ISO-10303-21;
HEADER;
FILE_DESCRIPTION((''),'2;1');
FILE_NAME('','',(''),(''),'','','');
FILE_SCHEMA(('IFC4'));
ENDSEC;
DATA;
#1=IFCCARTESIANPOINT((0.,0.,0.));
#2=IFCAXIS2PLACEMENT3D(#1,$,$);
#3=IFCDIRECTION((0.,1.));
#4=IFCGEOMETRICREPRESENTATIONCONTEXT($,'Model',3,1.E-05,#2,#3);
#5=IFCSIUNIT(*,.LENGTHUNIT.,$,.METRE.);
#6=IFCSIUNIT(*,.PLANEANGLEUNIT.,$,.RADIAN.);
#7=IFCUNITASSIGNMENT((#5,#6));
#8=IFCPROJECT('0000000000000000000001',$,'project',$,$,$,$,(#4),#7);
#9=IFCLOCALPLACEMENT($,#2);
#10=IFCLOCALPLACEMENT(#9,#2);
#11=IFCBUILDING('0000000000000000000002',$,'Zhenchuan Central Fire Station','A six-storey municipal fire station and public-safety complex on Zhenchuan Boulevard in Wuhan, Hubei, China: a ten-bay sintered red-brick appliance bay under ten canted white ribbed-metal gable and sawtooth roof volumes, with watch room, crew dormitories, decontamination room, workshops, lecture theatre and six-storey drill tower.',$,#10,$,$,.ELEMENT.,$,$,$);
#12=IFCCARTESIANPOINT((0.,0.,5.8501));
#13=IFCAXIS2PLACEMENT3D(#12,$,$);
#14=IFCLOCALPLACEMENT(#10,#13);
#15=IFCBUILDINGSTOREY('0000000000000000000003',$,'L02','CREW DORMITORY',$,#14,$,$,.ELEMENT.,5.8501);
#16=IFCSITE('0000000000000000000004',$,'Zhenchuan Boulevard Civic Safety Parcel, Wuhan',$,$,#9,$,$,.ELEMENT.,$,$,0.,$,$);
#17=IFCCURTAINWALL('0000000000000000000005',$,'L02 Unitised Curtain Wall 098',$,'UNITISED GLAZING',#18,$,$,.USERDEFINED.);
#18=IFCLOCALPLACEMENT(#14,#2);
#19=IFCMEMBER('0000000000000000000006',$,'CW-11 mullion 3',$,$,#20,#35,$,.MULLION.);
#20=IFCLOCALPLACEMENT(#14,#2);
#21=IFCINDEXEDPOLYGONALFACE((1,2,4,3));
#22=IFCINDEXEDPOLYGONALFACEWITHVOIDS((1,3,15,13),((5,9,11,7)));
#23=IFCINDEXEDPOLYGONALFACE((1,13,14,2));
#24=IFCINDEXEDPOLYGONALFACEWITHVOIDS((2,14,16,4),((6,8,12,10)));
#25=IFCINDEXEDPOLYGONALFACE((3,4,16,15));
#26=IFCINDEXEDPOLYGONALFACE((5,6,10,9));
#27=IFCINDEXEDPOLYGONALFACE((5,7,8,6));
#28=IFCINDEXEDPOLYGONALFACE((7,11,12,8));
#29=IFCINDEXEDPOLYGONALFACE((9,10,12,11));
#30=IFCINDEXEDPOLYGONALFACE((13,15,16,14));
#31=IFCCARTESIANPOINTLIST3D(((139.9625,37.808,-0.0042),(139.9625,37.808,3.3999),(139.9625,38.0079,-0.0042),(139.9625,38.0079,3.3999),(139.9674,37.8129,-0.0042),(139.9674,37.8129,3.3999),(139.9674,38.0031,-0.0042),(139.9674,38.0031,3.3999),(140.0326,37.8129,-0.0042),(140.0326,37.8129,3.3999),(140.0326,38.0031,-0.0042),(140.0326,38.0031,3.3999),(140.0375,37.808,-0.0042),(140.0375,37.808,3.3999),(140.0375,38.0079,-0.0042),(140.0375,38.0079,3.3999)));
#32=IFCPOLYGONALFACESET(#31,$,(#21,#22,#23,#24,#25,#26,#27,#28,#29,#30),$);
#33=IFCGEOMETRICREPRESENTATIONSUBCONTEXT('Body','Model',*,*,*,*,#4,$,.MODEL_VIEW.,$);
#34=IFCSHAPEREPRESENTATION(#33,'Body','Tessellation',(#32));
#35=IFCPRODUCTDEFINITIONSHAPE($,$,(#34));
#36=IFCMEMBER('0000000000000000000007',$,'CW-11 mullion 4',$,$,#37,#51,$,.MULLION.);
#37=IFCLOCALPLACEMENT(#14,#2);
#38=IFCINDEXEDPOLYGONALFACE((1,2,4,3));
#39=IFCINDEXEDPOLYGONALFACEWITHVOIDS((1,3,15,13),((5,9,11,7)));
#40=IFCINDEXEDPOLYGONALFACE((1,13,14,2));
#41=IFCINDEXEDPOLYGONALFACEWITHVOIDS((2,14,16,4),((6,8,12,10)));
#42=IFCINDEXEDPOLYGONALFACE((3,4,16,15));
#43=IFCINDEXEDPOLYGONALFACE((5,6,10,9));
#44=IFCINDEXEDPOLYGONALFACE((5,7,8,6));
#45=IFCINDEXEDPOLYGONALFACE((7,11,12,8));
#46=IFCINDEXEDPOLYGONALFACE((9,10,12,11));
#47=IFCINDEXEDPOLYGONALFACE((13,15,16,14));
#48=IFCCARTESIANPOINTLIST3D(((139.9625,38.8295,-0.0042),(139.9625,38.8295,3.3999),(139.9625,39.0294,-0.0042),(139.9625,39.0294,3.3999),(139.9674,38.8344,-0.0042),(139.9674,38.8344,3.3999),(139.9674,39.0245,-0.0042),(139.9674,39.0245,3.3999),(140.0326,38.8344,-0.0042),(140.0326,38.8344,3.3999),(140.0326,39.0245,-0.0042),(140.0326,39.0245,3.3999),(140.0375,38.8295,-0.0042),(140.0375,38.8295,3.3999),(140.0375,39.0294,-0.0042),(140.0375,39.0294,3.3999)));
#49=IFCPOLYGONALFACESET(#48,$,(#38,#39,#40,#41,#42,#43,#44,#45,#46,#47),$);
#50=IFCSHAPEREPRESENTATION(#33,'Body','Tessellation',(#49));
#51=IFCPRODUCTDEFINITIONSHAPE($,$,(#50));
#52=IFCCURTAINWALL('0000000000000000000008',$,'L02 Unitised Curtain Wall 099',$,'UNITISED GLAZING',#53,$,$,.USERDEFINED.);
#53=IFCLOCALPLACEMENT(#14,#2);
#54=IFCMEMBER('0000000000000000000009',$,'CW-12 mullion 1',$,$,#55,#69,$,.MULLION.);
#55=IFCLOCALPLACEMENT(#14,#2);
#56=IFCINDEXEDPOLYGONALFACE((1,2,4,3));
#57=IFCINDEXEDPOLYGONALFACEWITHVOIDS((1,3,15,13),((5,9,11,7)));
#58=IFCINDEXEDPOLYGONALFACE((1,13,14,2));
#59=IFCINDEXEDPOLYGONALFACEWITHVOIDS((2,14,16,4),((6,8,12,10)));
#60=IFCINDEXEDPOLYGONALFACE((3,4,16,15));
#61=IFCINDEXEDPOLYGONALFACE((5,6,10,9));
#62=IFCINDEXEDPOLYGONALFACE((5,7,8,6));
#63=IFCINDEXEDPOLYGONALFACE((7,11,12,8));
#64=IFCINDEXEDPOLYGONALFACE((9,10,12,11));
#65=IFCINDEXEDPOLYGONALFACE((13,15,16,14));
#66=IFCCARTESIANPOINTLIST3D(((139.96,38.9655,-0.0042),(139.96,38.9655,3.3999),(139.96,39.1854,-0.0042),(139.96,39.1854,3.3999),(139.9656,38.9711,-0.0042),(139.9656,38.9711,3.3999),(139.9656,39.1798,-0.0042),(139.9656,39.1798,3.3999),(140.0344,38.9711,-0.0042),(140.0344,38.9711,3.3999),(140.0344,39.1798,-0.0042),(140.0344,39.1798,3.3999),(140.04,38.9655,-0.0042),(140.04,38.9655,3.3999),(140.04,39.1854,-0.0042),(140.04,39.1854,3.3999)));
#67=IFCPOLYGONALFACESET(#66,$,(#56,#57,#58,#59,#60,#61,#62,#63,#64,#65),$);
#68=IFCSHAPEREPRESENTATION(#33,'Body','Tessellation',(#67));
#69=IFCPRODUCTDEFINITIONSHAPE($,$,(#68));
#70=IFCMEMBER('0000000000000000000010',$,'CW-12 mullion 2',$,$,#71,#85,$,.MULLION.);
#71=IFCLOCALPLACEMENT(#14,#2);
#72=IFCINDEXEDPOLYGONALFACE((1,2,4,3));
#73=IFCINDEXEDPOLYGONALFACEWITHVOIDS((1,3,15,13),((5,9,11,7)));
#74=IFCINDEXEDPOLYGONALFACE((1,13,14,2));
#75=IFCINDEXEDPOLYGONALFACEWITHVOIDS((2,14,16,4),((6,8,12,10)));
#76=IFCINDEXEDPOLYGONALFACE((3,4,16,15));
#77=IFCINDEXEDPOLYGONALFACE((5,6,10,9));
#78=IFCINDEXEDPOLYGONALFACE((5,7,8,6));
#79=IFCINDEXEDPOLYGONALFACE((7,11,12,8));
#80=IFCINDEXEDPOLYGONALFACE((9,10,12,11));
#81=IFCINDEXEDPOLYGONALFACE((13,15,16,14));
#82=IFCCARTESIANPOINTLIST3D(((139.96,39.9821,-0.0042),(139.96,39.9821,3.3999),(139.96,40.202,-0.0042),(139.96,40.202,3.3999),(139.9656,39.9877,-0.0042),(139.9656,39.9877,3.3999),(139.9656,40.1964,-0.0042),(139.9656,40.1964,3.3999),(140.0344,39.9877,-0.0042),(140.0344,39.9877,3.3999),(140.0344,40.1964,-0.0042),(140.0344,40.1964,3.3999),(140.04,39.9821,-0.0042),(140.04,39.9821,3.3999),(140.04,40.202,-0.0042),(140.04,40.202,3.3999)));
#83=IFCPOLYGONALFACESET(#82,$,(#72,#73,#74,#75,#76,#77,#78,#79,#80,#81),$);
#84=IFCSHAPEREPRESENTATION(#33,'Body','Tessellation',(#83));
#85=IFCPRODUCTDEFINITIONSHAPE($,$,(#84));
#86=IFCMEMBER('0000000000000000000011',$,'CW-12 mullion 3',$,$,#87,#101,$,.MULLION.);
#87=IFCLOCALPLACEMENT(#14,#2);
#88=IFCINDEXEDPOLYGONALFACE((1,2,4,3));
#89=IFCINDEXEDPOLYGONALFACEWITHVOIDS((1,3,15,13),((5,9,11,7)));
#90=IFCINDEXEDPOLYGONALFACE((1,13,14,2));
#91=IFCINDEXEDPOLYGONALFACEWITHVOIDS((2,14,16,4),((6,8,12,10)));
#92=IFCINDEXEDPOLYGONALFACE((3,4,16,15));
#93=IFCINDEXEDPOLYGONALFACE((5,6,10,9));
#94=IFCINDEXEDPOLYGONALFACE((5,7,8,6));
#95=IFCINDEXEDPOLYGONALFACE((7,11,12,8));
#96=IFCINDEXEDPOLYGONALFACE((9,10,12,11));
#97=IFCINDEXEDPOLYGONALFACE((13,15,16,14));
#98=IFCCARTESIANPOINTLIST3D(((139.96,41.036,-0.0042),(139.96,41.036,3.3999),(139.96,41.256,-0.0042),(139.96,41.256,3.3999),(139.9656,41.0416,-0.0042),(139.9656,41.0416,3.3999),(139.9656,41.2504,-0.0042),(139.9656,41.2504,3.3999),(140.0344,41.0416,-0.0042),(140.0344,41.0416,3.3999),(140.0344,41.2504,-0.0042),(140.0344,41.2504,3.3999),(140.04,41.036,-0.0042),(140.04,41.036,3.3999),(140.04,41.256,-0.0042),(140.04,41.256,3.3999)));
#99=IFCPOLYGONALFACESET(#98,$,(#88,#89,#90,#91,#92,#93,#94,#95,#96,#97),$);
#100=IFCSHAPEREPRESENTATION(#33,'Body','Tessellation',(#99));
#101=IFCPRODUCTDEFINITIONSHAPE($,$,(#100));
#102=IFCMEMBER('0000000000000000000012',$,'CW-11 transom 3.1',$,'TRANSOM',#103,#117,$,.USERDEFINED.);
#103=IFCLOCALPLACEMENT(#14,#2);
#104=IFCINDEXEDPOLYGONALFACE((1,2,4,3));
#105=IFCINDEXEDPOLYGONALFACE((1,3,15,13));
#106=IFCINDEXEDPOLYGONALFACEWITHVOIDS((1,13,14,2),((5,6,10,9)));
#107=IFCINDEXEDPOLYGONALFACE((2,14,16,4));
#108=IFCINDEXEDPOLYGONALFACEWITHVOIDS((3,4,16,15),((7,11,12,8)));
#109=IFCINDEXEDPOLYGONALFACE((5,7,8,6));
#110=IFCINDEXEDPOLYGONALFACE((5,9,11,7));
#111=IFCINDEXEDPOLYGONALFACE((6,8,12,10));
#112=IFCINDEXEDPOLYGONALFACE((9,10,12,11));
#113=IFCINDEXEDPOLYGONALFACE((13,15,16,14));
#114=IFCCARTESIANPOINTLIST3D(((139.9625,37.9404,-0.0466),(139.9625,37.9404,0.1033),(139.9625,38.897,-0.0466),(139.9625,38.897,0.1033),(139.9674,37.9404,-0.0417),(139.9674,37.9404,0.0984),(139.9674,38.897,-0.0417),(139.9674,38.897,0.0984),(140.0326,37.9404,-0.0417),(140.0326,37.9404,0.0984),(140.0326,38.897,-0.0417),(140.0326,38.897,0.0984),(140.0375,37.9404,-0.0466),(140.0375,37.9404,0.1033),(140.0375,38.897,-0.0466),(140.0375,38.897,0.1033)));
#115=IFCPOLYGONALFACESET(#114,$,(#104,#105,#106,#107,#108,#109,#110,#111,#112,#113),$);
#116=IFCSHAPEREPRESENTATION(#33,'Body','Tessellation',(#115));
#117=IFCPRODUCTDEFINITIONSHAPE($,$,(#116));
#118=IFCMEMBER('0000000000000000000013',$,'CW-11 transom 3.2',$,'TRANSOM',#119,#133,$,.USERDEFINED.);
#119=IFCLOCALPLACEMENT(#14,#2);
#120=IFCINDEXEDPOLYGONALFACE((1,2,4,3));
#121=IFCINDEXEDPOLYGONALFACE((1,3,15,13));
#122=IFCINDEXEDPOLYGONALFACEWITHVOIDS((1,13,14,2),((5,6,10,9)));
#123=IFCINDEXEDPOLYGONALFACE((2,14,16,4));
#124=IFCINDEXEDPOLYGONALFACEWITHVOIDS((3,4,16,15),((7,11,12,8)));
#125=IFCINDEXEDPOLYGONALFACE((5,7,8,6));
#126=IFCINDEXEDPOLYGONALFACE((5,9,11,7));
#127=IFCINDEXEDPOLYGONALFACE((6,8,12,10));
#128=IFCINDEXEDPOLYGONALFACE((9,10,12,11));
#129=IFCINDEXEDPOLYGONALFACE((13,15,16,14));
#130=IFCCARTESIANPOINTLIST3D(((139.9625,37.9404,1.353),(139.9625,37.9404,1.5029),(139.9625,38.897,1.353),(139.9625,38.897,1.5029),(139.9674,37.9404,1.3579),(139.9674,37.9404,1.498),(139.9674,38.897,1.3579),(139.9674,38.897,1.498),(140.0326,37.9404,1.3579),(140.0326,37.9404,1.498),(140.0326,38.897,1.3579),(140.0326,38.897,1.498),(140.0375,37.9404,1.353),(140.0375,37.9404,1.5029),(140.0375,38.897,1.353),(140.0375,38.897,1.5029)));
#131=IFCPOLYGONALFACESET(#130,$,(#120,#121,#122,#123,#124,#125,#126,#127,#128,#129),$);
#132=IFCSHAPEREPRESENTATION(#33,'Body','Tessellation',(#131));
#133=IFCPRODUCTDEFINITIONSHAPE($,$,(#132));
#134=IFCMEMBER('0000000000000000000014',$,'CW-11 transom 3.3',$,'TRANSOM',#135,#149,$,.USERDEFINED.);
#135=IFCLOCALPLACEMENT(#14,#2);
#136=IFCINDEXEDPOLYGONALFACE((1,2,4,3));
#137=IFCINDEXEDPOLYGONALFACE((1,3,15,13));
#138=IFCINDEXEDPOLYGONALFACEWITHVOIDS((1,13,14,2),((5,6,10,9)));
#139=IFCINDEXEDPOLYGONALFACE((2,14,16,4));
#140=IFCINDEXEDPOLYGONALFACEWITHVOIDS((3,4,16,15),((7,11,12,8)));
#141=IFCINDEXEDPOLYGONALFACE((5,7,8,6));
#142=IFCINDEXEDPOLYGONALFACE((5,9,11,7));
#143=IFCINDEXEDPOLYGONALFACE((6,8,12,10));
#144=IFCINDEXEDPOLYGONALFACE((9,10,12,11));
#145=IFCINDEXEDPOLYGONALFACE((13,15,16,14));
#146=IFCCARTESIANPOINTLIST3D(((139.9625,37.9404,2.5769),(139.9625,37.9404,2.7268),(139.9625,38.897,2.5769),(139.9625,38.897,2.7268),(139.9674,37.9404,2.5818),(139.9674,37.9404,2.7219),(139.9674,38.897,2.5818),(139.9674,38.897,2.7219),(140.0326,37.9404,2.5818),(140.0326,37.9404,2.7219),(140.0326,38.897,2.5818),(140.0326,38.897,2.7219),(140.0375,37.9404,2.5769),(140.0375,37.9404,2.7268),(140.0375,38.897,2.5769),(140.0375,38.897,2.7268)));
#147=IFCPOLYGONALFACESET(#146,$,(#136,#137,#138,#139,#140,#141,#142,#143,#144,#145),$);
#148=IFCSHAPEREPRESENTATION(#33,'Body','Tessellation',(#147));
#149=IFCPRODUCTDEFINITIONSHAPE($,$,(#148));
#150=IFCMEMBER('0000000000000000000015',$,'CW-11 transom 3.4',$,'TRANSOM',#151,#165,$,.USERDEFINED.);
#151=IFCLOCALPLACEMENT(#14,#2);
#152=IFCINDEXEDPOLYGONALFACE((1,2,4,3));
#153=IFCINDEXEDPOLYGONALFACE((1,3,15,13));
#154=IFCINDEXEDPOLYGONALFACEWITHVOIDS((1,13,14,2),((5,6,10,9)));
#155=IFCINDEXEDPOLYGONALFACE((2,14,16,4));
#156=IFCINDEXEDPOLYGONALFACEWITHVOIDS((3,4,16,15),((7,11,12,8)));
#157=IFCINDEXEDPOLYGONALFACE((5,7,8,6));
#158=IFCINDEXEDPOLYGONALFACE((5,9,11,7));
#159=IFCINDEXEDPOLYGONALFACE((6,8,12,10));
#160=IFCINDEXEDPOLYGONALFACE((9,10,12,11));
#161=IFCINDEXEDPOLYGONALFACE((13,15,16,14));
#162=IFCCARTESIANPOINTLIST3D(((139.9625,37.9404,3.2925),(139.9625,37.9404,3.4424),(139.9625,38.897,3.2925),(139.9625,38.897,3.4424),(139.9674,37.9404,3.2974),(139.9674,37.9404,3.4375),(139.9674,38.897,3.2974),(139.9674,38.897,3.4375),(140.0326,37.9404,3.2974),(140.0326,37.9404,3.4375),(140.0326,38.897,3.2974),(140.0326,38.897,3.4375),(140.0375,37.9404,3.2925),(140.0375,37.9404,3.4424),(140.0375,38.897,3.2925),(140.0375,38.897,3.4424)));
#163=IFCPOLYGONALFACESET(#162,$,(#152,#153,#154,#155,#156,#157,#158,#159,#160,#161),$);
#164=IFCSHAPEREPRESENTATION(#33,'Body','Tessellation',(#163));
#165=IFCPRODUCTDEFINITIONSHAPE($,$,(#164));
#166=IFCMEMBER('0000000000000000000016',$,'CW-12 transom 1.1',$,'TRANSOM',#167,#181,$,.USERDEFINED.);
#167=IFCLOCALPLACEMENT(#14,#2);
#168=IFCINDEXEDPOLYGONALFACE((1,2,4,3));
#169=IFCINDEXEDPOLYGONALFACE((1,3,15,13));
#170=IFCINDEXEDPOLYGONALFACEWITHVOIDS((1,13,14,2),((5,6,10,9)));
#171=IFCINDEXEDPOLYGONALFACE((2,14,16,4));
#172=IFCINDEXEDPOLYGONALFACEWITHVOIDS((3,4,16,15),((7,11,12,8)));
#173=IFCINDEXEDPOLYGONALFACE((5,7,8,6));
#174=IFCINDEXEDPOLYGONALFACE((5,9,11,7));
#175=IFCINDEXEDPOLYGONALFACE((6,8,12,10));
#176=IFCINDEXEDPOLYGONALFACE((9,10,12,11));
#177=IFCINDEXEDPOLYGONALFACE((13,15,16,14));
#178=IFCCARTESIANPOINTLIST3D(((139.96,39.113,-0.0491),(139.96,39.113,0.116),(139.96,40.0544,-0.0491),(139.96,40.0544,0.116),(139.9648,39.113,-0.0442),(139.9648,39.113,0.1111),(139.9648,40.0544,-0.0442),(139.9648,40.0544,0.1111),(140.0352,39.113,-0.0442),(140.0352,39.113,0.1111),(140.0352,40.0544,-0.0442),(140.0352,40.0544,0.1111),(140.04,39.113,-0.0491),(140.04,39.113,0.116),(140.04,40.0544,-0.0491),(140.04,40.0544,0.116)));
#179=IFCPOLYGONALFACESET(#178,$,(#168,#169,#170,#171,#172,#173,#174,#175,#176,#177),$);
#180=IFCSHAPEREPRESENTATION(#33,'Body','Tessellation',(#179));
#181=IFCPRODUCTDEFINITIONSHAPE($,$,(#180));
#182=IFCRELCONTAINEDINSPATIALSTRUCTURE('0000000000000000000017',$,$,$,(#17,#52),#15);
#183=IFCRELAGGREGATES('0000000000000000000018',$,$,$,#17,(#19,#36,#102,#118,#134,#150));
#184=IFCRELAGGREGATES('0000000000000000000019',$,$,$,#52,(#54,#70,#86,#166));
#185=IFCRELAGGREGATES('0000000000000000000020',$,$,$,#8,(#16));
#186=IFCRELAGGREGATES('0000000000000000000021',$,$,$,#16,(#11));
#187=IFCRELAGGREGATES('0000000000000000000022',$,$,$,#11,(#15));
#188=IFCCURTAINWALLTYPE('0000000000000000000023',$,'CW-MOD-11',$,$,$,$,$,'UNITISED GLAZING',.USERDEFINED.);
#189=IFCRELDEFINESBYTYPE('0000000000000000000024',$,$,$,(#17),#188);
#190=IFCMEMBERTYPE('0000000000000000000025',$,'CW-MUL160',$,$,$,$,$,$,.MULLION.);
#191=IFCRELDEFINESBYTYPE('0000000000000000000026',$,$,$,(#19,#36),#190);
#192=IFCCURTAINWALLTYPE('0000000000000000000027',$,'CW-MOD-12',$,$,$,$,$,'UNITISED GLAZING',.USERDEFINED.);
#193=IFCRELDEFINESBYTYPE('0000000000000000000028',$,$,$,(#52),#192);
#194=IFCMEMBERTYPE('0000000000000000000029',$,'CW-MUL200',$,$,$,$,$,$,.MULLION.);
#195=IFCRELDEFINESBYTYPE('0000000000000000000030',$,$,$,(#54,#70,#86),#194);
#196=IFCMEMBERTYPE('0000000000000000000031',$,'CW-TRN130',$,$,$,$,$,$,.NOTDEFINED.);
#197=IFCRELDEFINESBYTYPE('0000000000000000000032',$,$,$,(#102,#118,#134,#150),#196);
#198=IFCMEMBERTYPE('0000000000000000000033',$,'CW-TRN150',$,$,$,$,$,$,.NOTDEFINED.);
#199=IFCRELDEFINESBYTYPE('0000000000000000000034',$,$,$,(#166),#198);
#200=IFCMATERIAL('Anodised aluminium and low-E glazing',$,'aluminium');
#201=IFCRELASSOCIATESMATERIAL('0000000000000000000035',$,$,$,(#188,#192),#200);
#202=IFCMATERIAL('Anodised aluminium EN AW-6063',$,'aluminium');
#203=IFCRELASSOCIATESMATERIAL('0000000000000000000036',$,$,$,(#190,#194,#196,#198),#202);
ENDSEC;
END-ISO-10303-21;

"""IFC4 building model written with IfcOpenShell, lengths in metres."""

from ifc_helpers import new_model, si_unit, direction, frame, origin, origin_2d, place, context, subcontext, project, spatial, hollow_rectangle, extrude, material, material_profile, profile_set, type_object, element, aggregate, save


model = new_model("IFC4")

# Units and contexts
model_context = context("Model", 3, precision=1e-05, world=origin(), true_north=direction((0.0, 1.0)))
body_context = subcontext(model_context, "Body", "Model", "MODEL_VIEW")
ifc_project = project(units=[si_unit("LENGTHUNIT", "METRE"), si_unit("PLANEANGLEUNIT", "RADIAN")], contexts=[model_context])

# Site, building, storey
site_placement = place(None, origin())
site = spatial("IfcSite", under=ifc_project, at=site_placement, Name="Zhenchuan Boulevard Civic Safety Parcel, Wuhan", CompositionType="ELEMENT", RefElevation=0.0)
building_placement = place(site_placement, origin())
building = spatial("IfcBuilding", under=site, at=building_placement, Name="Zhenchuan Central Fire Station", Description="A six-storey municipal fire station and public-safety complex on Zhenchuan Boulevard in Wuhan, Hubei, China: a ten-bay sintered red-brick appliance bay under ten canted white ribbed-metal gable and sawtooth roof volumes, with watch room, crew dormitories, decontamination room, workshops, lecture theatre and six-storey drill tower.", CompositionType="ELEMENT")
storey_placement = place(building_placement, frame((0.0, 0.0, 5.8501)))
storey = spatial("IfcBuildingStorey", under=building, at=storey_placement, Name="L02", Description="CREW DORMITORY", CompositionType="ELEMENT", Elevation=5.8501)

# Curtain walls, members
ifc_material_1 = material(Name="Anodised aluminium and low-E glazing", Category="aluminium")
curtain_wall_type_1 = type_object("IfcCurtainWallType", Name="CW-MOD-11", ElementType="UNITISED GLAZING", PredefinedType="USERDEFINED", material=ifc_material_1)
curtain_wall_1_placement = place(storey_placement, origin())
curtain_wall_1 = element("IfcCurtainWall", 1, at=curtain_wall_1_placement, inside=storey, type_object=curtain_wall_type_1, Name="L02 Unitised Curtain Wall 098", ObjectType="UNITISED GLAZING", PredefinedType="USERDEFINED")
ifc_material_2 = material(Name="Anodised aluminium EN AW-6063", Category="aluminium")
ifc_material_profile_1 = material_profile(ifc_material_2, hollow_rectangle(XDim=0.075, YDim=0.2, WallThickness=0.0049, at=origin_2d()), Name="ALU-M 200x75")
ifc_profile_set_1 = profile_set([ifc_material_profile_1], Name="Anodised aluminium EN AW-6063")
member_type_1 = type_object("IfcMemberType", Name="CW-MUL160", PredefinedType="MULLION", material=ifc_profile_set_1)
member_1_placement = place(storey_placement, frame((140.0, 37.908, -0.0042), z_axis=(0.0, 0.0, 1.0), x_axis=(-1.0, 0.0, 0.0)))
member_1 = element("IfcMember", 2, at=member_1_placement, type_object=member_type_1, Name="CW-11 mullion 3", PredefinedType="MULLION", context=body_context, shape_type="SweptSolid", body=[
    extrude(hollow_rectangle(XDim=0.075, YDim=0.2, WallThickness=0.0049, at=origin_2d()), origin(), (0.0, 0.0, 1.0), 3.4041),
])
member_2_placement = place(storey_placement, frame((140.0, 38.9294, -0.0042), z_axis=(0.0, 0.0, 1.0), x_axis=(-1.0, 0.0, 0.0)))
member_2 = element("IfcMember", 3, at=member_2_placement, type_object=member_type_1, Name="CW-11 mullion 4", PredefinedType="MULLION", context=body_context, shape_type="SweptSolid", body=[
    extrude(hollow_rectangle(XDim=0.075, YDim=0.2, WallThickness=0.0049, at=origin_2d()), origin(), (0.0, 0.0, 1.0), 3.4041),
])
curtain_wall_type_2 = type_object("IfcCurtainWallType", Name="CW-MOD-12", ElementType="UNITISED GLAZING", PredefinedType="USERDEFINED", material=ifc_material_1)
curtain_wall_2_placement = place(storey_placement, origin())
curtain_wall_2 = element("IfcCurtainWall", 4, at=curtain_wall_2_placement, inside=storey, type_object=curtain_wall_type_2, Name="L02 Unitised Curtain Wall 099", ObjectType="UNITISED GLAZING", PredefinedType="USERDEFINED")
ifc_material_profile_2 = material_profile(ifc_material_2, hollow_rectangle(XDim=0.0801, YDim=0.22, WallThickness=0.0056, at=origin_2d()), Name="ALU-M 220x80")
ifc_profile_set_2 = profile_set([ifc_material_profile_2], Name="Anodised aluminium EN AW-6063")
member_type_2 = type_object("IfcMemberType", Name="CW-MUL200", PredefinedType="MULLION", material=ifc_profile_set_2)
member_3_placement = place(storey_placement, frame((140.0, 39.0754, -0.0042), z_axis=(0.0, 0.0, 1.0), x_axis=(-1.0, 0.0, 0.0)))
member_3 = element("IfcMember", 5, at=member_3_placement, type_object=member_type_2, Name="CW-12 mullion 1", PredefinedType="MULLION", context=body_context, shape_type="SweptSolid", body=[
    extrude(hollow_rectangle(XDim=0.0801, YDim=0.22, WallThickness=0.0056, at=origin_2d()), origin(), (0.0, 0.0, 1.0), 3.4041),
])
member_4_placement = place(storey_placement, frame((140.0, 40.092, -0.0042), z_axis=(0.0, 0.0, 1.0), x_axis=(-1.0, 0.0, 0.0)))
member_4 = element("IfcMember", 6, at=member_4_placement, type_object=member_type_2, Name="CW-12 mullion 2", PredefinedType="MULLION", context=body_context, shape_type="SweptSolid", body=[
    extrude(hollow_rectangle(XDim=0.0801, YDim=0.22, WallThickness=0.0056, at=origin_2d()), origin(), (0.0, 0.0, 1.0), 3.4041),
])
member_5_placement = place(storey_placement, frame((140.0, 41.146, -0.0042), z_axis=(0.0, 0.0, 1.0), x_axis=(-1.0, 0.0, 0.0)))
member_5 = element("IfcMember", 7, at=member_5_placement, type_object=member_type_2, Name="CW-12 mullion 3", PredefinedType="MULLION", context=body_context, shape_type="SweptSolid", body=[
    extrude(hollow_rectangle(XDim=0.0801, YDim=0.22, WallThickness=0.0056, at=origin_2d()), origin(), (0.0, 0.0, 1.0), 3.4041),
])

# Members
ifc_material_profile_3 = material_profile(ifc_material_2, hollow_rectangle(XDim=0.075, YDim=0.1499, WallThickness=0.0049, at=origin_2d()), Name="ALU-T 150x75")
ifc_profile_set_3 = profile_set([ifc_material_profile_3], Name="Anodised aluminium EN AW-6063")
member_type_3 = type_object("IfcMemberType", Name="CW-TRN130", PredefinedType="NOTDEFINED", material=ifc_profile_set_3)
member_6_placement = place(storey_placement, frame((140.0, 37.9404, 0.0283), z_axis=(0.0, 1.0, 0.0), x_axis=(-1.0, 0.0, 0.0)))
member_6 = element("IfcMember", 8, at=member_6_placement, type_object=member_type_3, Name="CW-11 transom 3.1", ObjectType="TRANSOM", PredefinedType="USERDEFINED", context=body_context, shape_type="SweptSolid", body=[
    extrude(hollow_rectangle(XDim=0.075, YDim=0.1499, WallThickness=0.0049, at=origin_2d()), origin(), (0.0, 0.0, 1.0), 0.9565),
])
member_7_placement = place(storey_placement, frame((140.0, 37.9404, 1.428), z_axis=(0.0, 1.0, 0.0), x_axis=(-1.0, 0.0, 0.0)))
member_7 = element("IfcMember", 9, at=member_7_placement, type_object=member_type_3, Name="CW-11 transom 3.2", ObjectType="TRANSOM", PredefinedType="USERDEFINED", context=body_context, shape_type="SweptSolid", body=[
    extrude(hollow_rectangle(XDim=0.075, YDim=0.1499, WallThickness=0.0049, at=origin_2d()), origin(), (0.0, 0.0, 1.0), 0.9565),
])
member_8_placement = place(storey_placement, frame((140.0, 37.9404, 2.6519), z_axis=(0.0, 1.0, 0.0), x_axis=(-1.0, 0.0, 0.0)))
member_8 = element("IfcMember", 10, at=member_8_placement, type_object=member_type_3, Name="CW-11 transom 3.3", ObjectType="TRANSOM", PredefinedType="USERDEFINED", context=body_context, shape_type="SweptSolid", body=[
    extrude(hollow_rectangle(XDim=0.075, YDim=0.1499, WallThickness=0.0049, at=origin_2d()), origin(), (0.0, 0.0, 1.0), 0.9565),
])
member_9_placement = place(storey_placement, frame((140.0, 37.9404, 3.3674), z_axis=(0.0, 1.0, 0.0), x_axis=(-1.0, 0.0, 0.0)))
member_9 = element("IfcMember", 11, at=member_9_placement, type_object=member_type_3, Name="CW-11 transom 3.4", ObjectType="TRANSOM", PredefinedType="USERDEFINED", context=body_context, shape_type="SweptSolid", body=[
    extrude(hollow_rectangle(XDim=0.075, YDim=0.1499, WallThickness=0.0049, at=origin_2d()), origin(), (0.0, 0.0, 1.0), 0.9565),
])
ifc_material_profile_4 = material_profile(ifc_material_2, hollow_rectangle(XDim=0.0801, YDim=0.165, WallThickness=0.0049, at=origin_2d()), Name="ALU-T 165x80")
ifc_profile_set_4 = profile_set([ifc_material_profile_4], Name="Anodised aluminium EN AW-6063")
member_type_4 = type_object("IfcMemberType", Name="CW-TRN150", PredefinedType="NOTDEFINED", material=ifc_profile_set_4)
member_10_placement = place(storey_placement, frame((140.0, 39.113, 0.0334), z_axis=(0.0, 1.0, 0.0), x_axis=(-1.0, 0.0, 0.0)))
member_10 = element("IfcMember", 12, at=member_10_placement, type_object=member_type_4, Name="CW-12 transom 1.1", ObjectType="TRANSOM", PredefinedType="USERDEFINED", context=body_context, shape_type="SweptSolid", body=[
    extrude(hollow_rectangle(XDim=0.0801, YDim=0.165, WallThickness=0.0049, at=origin_2d()), origin(), (0.0, 0.0, 1.0), 0.9414),
])

aggregate(curtain_wall_1, [member_1, member_2, member_6, member_7, member_8, member_9])
aggregate(curtain_wall_2, [member_3, member_4, member_5, member_10])

save(model, "model.ifc")
